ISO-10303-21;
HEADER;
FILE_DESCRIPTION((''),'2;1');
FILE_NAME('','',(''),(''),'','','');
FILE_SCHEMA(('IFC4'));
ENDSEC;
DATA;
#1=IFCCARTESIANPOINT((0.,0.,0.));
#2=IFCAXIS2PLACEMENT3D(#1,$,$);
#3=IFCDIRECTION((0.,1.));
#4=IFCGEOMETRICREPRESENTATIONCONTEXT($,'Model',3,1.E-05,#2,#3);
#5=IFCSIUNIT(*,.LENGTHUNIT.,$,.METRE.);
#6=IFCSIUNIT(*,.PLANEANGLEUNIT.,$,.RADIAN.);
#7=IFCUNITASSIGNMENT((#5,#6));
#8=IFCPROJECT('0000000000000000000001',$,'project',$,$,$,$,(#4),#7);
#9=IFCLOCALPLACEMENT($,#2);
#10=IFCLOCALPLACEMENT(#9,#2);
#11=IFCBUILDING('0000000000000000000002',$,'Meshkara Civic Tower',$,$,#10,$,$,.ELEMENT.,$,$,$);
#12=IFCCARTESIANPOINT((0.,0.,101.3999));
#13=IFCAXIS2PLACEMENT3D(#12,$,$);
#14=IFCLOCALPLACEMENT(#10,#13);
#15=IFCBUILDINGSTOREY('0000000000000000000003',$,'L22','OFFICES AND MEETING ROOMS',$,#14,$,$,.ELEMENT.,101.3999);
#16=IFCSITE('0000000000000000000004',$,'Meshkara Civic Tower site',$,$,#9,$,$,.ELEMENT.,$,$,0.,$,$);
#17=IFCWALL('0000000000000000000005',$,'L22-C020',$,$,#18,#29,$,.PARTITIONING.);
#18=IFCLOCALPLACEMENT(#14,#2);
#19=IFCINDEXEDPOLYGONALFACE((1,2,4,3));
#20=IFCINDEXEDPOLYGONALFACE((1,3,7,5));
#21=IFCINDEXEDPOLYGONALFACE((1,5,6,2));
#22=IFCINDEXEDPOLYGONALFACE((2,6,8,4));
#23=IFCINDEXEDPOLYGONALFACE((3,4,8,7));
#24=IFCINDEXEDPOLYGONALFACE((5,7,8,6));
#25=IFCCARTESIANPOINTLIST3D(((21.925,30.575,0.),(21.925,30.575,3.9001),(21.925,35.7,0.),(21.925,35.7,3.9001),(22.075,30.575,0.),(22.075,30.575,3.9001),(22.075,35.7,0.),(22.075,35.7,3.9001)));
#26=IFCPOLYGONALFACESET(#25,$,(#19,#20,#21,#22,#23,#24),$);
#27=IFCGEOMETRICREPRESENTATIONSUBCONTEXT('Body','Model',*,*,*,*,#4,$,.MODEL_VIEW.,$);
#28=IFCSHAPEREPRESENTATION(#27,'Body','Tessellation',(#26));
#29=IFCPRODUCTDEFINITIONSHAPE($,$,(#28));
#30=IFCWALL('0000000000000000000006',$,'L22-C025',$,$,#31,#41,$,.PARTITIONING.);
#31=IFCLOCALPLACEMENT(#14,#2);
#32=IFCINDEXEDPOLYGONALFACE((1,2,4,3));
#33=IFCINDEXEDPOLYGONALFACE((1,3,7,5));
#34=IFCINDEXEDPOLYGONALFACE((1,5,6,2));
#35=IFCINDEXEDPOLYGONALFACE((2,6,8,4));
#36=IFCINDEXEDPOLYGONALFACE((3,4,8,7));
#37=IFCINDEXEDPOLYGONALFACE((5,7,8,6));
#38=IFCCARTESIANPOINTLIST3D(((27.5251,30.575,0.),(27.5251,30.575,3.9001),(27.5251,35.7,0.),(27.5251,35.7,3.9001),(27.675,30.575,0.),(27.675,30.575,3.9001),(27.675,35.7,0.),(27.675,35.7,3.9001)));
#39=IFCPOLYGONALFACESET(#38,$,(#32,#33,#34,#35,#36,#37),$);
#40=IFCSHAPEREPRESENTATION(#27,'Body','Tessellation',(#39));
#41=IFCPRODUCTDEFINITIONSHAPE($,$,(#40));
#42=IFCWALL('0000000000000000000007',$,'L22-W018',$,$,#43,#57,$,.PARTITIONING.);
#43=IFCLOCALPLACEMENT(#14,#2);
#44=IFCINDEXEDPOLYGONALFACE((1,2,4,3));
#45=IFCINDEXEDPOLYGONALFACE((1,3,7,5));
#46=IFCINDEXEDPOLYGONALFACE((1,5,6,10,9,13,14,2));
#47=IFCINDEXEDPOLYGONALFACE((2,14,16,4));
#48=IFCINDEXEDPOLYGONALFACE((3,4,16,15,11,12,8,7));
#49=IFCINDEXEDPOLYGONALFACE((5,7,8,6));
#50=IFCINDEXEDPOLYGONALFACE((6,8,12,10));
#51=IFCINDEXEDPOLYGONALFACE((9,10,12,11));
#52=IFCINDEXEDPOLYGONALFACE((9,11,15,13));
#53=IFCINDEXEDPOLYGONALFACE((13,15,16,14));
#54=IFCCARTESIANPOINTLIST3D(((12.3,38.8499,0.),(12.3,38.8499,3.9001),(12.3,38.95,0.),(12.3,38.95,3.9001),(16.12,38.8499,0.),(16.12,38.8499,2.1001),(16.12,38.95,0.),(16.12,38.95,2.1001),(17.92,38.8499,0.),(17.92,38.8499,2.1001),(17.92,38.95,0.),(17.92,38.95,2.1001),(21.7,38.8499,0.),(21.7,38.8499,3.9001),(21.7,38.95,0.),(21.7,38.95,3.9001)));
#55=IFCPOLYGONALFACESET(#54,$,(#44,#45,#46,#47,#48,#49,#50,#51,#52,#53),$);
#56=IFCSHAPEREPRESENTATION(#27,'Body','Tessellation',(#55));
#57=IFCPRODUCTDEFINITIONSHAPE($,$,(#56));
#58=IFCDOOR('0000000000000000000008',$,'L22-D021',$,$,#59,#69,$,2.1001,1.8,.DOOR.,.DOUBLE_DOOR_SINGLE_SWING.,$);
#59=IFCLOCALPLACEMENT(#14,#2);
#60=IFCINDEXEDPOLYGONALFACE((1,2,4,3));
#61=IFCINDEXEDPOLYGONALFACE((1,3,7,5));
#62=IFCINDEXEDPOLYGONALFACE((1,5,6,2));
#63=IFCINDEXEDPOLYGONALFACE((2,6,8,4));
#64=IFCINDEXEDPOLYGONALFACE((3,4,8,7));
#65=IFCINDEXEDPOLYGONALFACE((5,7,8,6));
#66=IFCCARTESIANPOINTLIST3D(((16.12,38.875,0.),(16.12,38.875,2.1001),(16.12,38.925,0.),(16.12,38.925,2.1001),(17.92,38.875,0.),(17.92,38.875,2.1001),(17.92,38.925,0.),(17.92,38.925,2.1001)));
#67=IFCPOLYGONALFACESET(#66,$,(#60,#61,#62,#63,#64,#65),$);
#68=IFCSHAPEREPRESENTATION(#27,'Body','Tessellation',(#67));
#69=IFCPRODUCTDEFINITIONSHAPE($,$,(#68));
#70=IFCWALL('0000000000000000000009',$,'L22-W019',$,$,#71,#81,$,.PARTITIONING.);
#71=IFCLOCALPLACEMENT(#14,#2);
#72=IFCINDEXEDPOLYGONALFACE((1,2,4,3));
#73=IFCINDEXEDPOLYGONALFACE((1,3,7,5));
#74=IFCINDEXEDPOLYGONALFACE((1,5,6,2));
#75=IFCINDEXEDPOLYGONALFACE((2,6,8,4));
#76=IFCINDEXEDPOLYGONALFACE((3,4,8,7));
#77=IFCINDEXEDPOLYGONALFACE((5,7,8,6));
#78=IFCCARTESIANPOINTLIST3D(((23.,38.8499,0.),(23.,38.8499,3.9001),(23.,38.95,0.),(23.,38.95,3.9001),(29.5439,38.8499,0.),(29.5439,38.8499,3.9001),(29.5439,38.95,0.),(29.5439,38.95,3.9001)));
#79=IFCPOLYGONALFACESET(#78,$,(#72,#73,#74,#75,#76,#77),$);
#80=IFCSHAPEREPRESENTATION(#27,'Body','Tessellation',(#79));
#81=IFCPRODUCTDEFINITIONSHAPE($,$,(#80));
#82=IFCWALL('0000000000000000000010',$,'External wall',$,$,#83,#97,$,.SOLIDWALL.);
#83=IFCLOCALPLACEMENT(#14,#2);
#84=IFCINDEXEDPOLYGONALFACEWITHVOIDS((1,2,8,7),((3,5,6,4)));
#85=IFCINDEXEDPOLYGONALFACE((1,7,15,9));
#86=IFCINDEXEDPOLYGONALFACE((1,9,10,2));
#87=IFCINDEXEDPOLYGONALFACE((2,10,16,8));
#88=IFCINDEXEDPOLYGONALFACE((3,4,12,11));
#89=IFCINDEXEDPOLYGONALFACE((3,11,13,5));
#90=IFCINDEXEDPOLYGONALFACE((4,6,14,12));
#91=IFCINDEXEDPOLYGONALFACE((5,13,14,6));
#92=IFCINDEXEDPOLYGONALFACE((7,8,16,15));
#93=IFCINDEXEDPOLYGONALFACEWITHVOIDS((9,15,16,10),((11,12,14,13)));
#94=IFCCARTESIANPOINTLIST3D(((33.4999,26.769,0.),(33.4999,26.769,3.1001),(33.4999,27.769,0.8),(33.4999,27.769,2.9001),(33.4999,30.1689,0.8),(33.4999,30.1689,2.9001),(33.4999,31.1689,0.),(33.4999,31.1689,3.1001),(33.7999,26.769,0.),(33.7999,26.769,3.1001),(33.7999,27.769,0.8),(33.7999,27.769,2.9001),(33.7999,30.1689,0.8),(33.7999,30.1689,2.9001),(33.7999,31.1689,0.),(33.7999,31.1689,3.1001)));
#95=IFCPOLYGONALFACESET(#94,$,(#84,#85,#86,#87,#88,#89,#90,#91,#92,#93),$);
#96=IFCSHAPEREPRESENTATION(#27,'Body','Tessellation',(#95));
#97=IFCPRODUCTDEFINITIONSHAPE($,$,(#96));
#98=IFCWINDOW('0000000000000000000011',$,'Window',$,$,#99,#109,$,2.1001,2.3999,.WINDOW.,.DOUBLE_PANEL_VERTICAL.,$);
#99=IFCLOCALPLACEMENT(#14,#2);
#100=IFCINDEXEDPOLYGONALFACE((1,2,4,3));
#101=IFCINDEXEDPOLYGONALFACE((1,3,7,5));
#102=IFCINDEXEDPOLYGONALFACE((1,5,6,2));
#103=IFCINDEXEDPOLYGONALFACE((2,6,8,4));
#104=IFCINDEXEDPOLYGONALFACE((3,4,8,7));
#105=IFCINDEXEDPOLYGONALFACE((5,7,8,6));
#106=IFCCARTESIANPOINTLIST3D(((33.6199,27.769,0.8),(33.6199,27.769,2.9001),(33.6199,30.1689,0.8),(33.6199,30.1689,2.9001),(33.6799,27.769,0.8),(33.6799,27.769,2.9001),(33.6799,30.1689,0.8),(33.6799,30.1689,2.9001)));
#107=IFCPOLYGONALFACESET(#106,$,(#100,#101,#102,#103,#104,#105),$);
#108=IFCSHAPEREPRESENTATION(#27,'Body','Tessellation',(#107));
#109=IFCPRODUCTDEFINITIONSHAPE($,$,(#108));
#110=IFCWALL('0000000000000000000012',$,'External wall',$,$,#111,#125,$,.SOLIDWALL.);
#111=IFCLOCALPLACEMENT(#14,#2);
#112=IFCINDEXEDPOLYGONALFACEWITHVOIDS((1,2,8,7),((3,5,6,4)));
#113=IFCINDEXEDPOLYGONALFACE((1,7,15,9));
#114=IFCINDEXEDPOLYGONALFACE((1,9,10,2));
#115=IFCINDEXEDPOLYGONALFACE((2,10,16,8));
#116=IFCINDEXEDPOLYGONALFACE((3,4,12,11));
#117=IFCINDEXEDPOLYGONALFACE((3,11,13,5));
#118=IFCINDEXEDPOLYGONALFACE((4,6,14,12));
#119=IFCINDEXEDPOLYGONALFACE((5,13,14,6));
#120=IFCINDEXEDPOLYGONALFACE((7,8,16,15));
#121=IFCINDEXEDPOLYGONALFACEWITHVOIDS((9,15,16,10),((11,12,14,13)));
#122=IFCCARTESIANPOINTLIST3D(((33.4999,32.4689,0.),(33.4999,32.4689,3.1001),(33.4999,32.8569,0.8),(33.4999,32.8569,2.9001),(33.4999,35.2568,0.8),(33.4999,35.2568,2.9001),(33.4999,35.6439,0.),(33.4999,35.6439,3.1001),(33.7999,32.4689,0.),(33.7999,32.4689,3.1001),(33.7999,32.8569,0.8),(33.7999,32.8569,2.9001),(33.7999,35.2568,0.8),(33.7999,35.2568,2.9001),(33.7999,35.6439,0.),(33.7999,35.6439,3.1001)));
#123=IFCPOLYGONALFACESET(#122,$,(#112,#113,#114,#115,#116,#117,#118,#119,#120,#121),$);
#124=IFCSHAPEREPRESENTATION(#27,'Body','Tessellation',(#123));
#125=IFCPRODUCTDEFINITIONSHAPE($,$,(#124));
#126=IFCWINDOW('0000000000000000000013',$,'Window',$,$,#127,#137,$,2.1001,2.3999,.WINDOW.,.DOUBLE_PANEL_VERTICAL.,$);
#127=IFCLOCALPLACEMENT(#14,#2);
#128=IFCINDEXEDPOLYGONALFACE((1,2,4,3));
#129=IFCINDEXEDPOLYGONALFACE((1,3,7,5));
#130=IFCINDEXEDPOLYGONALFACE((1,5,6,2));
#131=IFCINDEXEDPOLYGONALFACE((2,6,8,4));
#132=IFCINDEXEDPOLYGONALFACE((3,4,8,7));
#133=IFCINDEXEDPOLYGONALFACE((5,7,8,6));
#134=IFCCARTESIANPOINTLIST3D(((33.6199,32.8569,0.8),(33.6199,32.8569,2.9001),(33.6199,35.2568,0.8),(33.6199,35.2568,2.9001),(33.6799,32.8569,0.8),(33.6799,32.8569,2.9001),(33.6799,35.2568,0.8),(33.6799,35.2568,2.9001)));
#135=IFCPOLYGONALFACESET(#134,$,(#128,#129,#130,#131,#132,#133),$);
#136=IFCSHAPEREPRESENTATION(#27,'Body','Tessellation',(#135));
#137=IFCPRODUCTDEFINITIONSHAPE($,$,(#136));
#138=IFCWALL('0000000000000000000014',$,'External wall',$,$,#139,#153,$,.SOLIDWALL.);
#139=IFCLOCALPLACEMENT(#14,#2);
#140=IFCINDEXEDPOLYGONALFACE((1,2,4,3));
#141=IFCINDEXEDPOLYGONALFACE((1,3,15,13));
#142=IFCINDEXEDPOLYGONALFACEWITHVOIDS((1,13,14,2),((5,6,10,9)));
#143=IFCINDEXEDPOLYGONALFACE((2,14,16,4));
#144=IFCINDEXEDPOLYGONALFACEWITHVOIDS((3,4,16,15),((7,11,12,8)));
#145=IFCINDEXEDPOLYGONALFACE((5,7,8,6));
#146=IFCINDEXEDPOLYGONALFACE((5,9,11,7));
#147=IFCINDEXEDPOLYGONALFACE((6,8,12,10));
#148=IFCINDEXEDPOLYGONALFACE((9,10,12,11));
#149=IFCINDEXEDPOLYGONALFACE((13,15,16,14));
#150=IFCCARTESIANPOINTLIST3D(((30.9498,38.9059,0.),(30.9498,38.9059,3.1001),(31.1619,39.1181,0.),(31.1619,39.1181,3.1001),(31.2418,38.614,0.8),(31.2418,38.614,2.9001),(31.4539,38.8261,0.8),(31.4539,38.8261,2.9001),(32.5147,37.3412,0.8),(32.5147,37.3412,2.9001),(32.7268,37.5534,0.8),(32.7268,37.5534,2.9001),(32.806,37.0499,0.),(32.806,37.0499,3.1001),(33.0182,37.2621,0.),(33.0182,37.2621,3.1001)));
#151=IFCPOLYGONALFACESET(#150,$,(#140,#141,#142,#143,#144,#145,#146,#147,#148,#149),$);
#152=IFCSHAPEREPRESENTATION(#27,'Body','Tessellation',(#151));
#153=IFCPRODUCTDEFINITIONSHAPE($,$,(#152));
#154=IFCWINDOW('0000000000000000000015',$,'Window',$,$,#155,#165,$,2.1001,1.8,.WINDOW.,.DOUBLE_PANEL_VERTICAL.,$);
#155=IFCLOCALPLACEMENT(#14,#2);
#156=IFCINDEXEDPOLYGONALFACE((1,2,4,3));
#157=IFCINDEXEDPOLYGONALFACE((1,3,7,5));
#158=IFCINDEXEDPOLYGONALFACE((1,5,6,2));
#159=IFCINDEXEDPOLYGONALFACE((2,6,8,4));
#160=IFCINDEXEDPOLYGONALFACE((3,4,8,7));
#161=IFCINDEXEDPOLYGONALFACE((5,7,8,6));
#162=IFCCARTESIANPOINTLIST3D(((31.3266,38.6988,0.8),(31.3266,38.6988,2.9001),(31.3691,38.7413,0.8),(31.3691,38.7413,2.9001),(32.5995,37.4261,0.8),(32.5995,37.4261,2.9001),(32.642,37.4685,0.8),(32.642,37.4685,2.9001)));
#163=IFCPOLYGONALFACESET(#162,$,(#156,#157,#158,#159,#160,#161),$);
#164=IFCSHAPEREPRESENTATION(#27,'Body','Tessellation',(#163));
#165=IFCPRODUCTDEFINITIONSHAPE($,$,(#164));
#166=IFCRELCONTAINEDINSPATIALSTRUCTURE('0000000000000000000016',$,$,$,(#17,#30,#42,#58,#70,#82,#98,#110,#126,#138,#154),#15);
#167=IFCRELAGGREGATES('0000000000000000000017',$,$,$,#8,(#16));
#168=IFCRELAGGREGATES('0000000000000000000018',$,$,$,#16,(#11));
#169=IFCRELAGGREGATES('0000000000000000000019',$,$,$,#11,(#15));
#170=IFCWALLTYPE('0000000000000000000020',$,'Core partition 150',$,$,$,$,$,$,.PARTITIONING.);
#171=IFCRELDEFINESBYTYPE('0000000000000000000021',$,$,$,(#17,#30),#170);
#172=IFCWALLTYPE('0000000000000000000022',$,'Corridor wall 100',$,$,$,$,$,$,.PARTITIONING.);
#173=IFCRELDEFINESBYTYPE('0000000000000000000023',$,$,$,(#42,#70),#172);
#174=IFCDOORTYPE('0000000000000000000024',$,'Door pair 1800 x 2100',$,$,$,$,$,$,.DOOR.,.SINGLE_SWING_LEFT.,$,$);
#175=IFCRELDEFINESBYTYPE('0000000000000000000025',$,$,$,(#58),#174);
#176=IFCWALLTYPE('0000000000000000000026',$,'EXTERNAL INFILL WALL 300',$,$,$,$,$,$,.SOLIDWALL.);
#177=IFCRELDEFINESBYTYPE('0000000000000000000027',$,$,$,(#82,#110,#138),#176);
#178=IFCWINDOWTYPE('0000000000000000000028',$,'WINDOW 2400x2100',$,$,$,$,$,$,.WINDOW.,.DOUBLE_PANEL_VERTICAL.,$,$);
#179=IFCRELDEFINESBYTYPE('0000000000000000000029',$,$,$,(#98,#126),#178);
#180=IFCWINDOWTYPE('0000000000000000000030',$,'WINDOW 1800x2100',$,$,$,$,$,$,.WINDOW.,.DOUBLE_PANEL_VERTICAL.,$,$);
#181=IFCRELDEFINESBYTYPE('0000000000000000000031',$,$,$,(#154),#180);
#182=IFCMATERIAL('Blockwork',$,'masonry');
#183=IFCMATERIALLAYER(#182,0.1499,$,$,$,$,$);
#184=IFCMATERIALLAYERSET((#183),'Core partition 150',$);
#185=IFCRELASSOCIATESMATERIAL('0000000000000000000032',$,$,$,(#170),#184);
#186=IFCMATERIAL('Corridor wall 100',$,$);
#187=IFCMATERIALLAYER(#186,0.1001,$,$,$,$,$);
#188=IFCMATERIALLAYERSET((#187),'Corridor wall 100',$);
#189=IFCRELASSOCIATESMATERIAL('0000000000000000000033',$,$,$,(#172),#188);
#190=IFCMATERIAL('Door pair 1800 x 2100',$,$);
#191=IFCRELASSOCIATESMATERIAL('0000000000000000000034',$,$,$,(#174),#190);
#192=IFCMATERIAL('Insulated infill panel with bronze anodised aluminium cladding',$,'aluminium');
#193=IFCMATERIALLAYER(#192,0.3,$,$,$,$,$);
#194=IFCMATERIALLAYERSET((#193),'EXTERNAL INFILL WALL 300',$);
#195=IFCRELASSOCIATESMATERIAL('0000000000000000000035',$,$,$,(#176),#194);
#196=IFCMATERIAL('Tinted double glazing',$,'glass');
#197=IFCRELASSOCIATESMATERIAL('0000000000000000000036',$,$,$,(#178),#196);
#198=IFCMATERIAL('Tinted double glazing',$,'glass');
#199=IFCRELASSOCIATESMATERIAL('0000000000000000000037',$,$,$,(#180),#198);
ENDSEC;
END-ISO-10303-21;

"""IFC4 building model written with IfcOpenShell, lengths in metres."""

from ifc_helpers import new_model, si_unit, direction, frame, frame_2d, origin, place, context, subcontext, project, spatial, rectangle, extrude, material, layer, layer_set, type_object, element, fill, save


model = new_model("IFC4")

# Units and contexts
model_context = context("Model", 3, precision=1e-05, world=origin(), true_north=direction((0.0, 1.0)))
body_context = subcontext(model_context, "Body", "Model", "MODEL_VIEW")
ifc_project = project(units=[si_unit("LENGTHUNIT", "METRE"), si_unit("PLANEANGLEUNIT", "RADIAN")], contexts=[model_context])

# Site, building, storey
site_placement = place(None, origin())
site = spatial("IfcSite", under=ifc_project, at=site_placement, Name="Meshkara Civic Tower site", CompositionType="ELEMENT", RefElevation=0.0)
building_placement = place(site_placement, origin())
building = spatial("IfcBuilding", under=site, at=building_placement, Name="Meshkara Civic Tower", CompositionType="ELEMENT")
storey_placement = place(building_placement, frame((0.0, 0.0, 101.3999)))
storey = spatial("IfcBuildingStorey", under=building, at=storey_placement, Name="L22", Description="OFFICES AND MEETING ROOMS", CompositionType="ELEMENT", Elevation=101.3999)

# Shared definitions
ifc_material_1 = material(Name="Blockwork", Category="masonry")
ifc_layer_1 = layer(ifc_material_1, 0.1499)
ifc_layer_set_1 = layer_set([ifc_layer_1], Name="Core partition 150")
wall_type_1 = type_object("IfcWallType", Name="Core partition 150", PredefinedType="PARTITIONING", material=ifc_layer_set_1)

# Walls
for number, where, z_axis, x_axis, name in (
    (1, (22.0, 30.575, 0.0), (0.0, 0.0, 1.0), (0.0, 1.0, 0.0), "L22-C020"),
    (2, (27.6001, 30.575, 0.0), (0.0, 0.0, 1.0), (0.0, 1.0, 0.0), "L22-C025"),
):
    element("IfcWall", number, at=place(storey_placement, frame(where, z_axis=z_axis, x_axis=x_axis)), inside=storey, type_object=wall_type_1, Name=name, PredefinedType="PARTITIONING", context=body_context, shape_type="SweptSolid", body=[
        extrude(rectangle(XDim=5.125, YDim=0.1499, at=frame_2d((2.5625, 0.0))), origin(), (0.0, 0.0, 1.0), 3.9001),
    ])

# Wall, opening, door
ifc_material_2 = material(Name="Corridor wall 100")
ifc_layer_2 = layer(ifc_material_2, 0.1001)
ifc_layer_set_2 = layer_set([ifc_layer_2], Name="Corridor wall 100")
wall_type_2 = type_object("IfcWallType", Name="Corridor wall 100", PredefinedType="PARTITIONING", material=ifc_layer_set_2)
wall_1_placement = place(storey_placement, frame((21.7, 38.8999, 0.0), z_axis=(0.0, 0.0, 1.0), x_axis=(-1.0, 0.0, 0.0)))
wall_1 = element("IfcWall", 3, at=wall_1_placement, inside=storey, type_object=wall_type_2, Name="L22-W018", PredefinedType="PARTITIONING", context=body_context, shape_type="SweptSolid", body=[
    extrude(rectangle(XDim=9.3999, YDim=0.1001, at=frame_2d((4.7, 0.0))), origin(), (0.0, 0.0, 1.0), 3.9001),
])
opening_1_placement = place(wall_1_placement, frame((3.78, 0.0, 0.0)))
opening_1 = element("IfcOpeningElement", 4, at=opening_1_placement, cuts=wall_1, PredefinedType="OPENING", context=body_context, shape_type="SweptSolid", body=[
    extrude(rectangle(XDim=1.8, YDim=2.1001, at=frame_2d((0.8999, 1.05))), frame((0.0, 0.0601, 0.0), z_axis=(0.0, -1.0, 0.0), x_axis=(1.0, 0.0, 0.0)), (0.0, 0.0, 1.0), 0.1201),
])
ifc_material_3 = material(Name="Door pair 1800 x 2100")
door_type_1 = type_object("IfcDoorType", Name="Door pair 1800 x 2100", OperationType="SINGLE_SWING_LEFT", PredefinedType="DOOR", material=ifc_material_3)
door_1_placement = place(opening_1_placement, origin())
door_1 = element("IfcDoor", 5, at=door_1_placement, inside=storey, type_object=door_type_1, Name="L22-D021", OperationType="DOUBLE_DOOR_SINGLE_SWING", OverallHeight=2.1001, OverallWidth=1.8, PredefinedType="DOOR", context=body_context, shape_type="SweptSolid", body=[
    extrude(rectangle(XDim=1.8, YDim=2.1001, at=frame_2d((0.8999, 1.05))), frame((0.0, 0.0249, 0.0), z_axis=(0.0, -1.0, 0.0), x_axis=(1.0, 0.0, 0.0)), (0.0, 0.0, 1.0), 0.05),
])
fill(opening_1, door_1)

# Wall
wall_2_placement = place(storey_placement, frame((29.5439, 38.8999, 0.0), z_axis=(0.0, 0.0, 1.0), x_axis=(-1.0, 0.0, 0.0)))
element("IfcWall", 6, at=wall_2_placement, inside=storey, type_object=wall_type_2, Name="L22-W019", PredefinedType="PARTITIONING", context=body_context, shape_type="SweptSolid", body=[
    extrude(rectangle(XDim=6.5439, YDim=0.1001, at=frame_2d((3.272, 0.0))), origin(), (0.0, 0.0, 1.0), 3.9001),
])

# Walls, openings, windows
ifc_material_4 = material(Name="Insulated infill panel with bronze anodised aluminium cladding", Category="aluminium")
ifc_layer_3 = layer(ifc_material_4, 0.3)
ifc_layer_set_3 = layer_set([ifc_layer_3], Name="EXTERNAL INFILL WALL 300")
wall_type_3 = type_object("IfcWallType", Name="EXTERNAL INFILL WALL 300", PredefinedType="SOLIDWALL", material=ifc_layer_set_3)
wall_3_placement = place(storey_placement, frame((33.6499, 26.769, 0.0), z_axis=(0.0, 0.0, 1.0), x_axis=(0.0, 1.0, 0.0)))
wall_3 = element("IfcWall", 7, at=wall_3_placement, inside=storey, type_object=wall_type_3, Name="External wall", PredefinedType="SOLIDWALL", context=body_context, shape_type="SweptSolid", body=[
    extrude(rectangle(XDim=4.3999, YDim=0.3, at=frame_2d((2.2, 0.0))), origin(), (0.0, 0.0, 1.0), 3.1001),
])
opening_2_placement = place(wall_3_placement, frame((1.0, 0.0, 0.8)))
opening_2 = element("IfcOpeningElement", 8, at=opening_2_placement, cuts=wall_3, PredefinedType="OPENING", context=body_context, shape_type="SweptSolid", body=[
    extrude(rectangle(XDim=2.3999, YDim=2.1001, at=frame_2d((1.2, 1.05))), frame((0.0, 0.1599, 0.0), z_axis=(0.0, -1.0, 0.0), x_axis=(1.0, 0.0, 0.0)), (0.0, 0.0, 1.0), 0.3201),
])
ifc_material_5 = material(Name="Tinted double glazing", Category="glass")
window_type_1 = type_object("IfcWindowType", Name="WINDOW 2400x2100", PartitioningType="DOUBLE_PANEL_VERTICAL", PredefinedType="WINDOW", material=ifc_material_5)
window_1_placement = place(opening_2_placement, origin())
window_1 = element("IfcWindow", 9, at=window_1_placement, inside=storey, type_object=window_type_1, Name="Window", OverallHeight=2.1001, OverallWidth=2.3999, PartitioningType="DOUBLE_PANEL_VERTICAL", PredefinedType="WINDOW", context=body_context, shape_type="SweptSolid", body=[
    extrude(rectangle(XDim=2.3999, YDim=2.1001, at=frame_2d((1.2, 1.05))), frame((0.0, 0.03, 0.0), z_axis=(0.0, -1.0, 0.0), x_axis=(1.0, 0.0, 0.0)), (0.0, 0.0, 1.0), 0.0601),
])
fill(opening_2, window_1)
wall_4_placement = place(storey_placement, frame((33.6499, 32.469, 0.0), z_axis=(0.0, 0.0, 1.0), x_axis=(0.0, 1.0, 0.0)))
wall_4 = element("IfcWall", 10, at=wall_4_placement, inside=storey, type_object=wall_type_3, Name="External wall", PredefinedType="SOLIDWALL", context=body_context, shape_type="SweptSolid", body=[
    extrude(rectangle(XDim=3.175, YDim=0.3, at=frame_2d((1.5874, 0.0))), origin(), (0.0, 0.0, 1.0), 3.1001),
])
opening_3_placement = place(wall_4_placement, frame((0.3879, 0.0, 0.8)))
opening_3 = element("IfcOpeningElement", 11, at=opening_3_placement, cuts=wall_4, PredefinedType="OPENING", context=body_context, shape_type="SweptSolid", body=[
    extrude(rectangle(XDim=2.3999, YDim=2.1001, at=frame_2d((1.2, 1.05))), frame((0.0, 0.1599, 0.0), z_axis=(0.0, -1.0, 0.0), x_axis=(1.0, 0.0, 0.0)), (0.0, 0.0, 1.0), 0.3201),
])
window_2_placement = place(opening_3_placement, origin())
window_2 = element("IfcWindow", 12, at=window_2_placement, inside=storey, type_object=window_type_1, Name="Window", OverallHeight=2.1001, OverallWidth=2.3999, PartitioningType="DOUBLE_PANEL_VERTICAL", PredefinedType="WINDOW", context=body_context, shape_type="SweptSolid", body=[
    extrude(rectangle(XDim=2.3999, YDim=2.1001, at=frame_2d((1.2, 1.05))), frame((0.0, 0.03, 0.0), z_axis=(0.0, -1.0, 0.0), x_axis=(1.0, 0.0, 0.0)), (0.0, 0.0, 1.0), 0.0601),
])
fill(opening_3, window_2)
wall_5_placement = place(storey_placement, frame((32.9121, 37.156, 0.0), z_axis=(0.0, 0.0, 1.0), x_axis=(-0.707153, 0.70706, 0.0)))
wall_5 = element("IfcWall", 13, at=wall_5_placement, inside=storey, type_object=wall_type_3, Name="External wall", PredefinedType="SOLIDWALL", context=body_context, shape_type="SweptSolid", body=[
    extrude(rectangle(XDim=2.625, YDim=0.3, at=frame_2d((1.3125, 0.0))), origin(), (0.0, 0.0, 1.0), 3.1001),
])
opening_4_placement = place(wall_5_placement, frame((0.4121, 0.0, 0.8)))
opening_4 = element("IfcOpeningElement", 14, at=opening_4_placement, cuts=wall_5, PredefinedType="OPENING", context=body_context, shape_type="SweptSolid", body=[
    extrude(rectangle(XDim=1.8, YDim=2.1001, at=frame_2d((0.8999, 1.05))), frame((0.0, 0.1599, 0.0), z_axis=(0.0, -1.0, 0.0), x_axis=(1.0, 0.0, 0.0)), (0.0, 0.0, 1.0), 0.3201),
])
ifc_material_6 = material(Name="Tinted double glazing", Category="glass")
window_type_2 = type_object("IfcWindowType", Name="WINDOW 1800x2100", PartitioningType="DOUBLE_PANEL_VERTICAL", PredefinedType="WINDOW", material=ifc_material_6)
window_3_placement = place(opening_4_placement, origin())
window_3 = element("IfcWindow", 15, at=window_3_placement, inside=storey, type_object=window_type_2, Name="Window", OverallHeight=2.1001, OverallWidth=1.8, PartitioningType="DOUBLE_PANEL_VERTICAL", PredefinedType="WINDOW", context=body_context, shape_type="SweptSolid", body=[
    extrude(rectangle(XDim=1.8, YDim=2.1001, at=frame_2d((0.8999, 1.05))), frame((0.0, 0.03, 0.0), z_axis=(0.0, -1.0, 0.0), x_axis=(1.0, 0.0, 0.0)), (0.0, 0.0, 1.0), 0.0601),
])
fill(opening_4, window_3)

save(model, "model.ifc")
